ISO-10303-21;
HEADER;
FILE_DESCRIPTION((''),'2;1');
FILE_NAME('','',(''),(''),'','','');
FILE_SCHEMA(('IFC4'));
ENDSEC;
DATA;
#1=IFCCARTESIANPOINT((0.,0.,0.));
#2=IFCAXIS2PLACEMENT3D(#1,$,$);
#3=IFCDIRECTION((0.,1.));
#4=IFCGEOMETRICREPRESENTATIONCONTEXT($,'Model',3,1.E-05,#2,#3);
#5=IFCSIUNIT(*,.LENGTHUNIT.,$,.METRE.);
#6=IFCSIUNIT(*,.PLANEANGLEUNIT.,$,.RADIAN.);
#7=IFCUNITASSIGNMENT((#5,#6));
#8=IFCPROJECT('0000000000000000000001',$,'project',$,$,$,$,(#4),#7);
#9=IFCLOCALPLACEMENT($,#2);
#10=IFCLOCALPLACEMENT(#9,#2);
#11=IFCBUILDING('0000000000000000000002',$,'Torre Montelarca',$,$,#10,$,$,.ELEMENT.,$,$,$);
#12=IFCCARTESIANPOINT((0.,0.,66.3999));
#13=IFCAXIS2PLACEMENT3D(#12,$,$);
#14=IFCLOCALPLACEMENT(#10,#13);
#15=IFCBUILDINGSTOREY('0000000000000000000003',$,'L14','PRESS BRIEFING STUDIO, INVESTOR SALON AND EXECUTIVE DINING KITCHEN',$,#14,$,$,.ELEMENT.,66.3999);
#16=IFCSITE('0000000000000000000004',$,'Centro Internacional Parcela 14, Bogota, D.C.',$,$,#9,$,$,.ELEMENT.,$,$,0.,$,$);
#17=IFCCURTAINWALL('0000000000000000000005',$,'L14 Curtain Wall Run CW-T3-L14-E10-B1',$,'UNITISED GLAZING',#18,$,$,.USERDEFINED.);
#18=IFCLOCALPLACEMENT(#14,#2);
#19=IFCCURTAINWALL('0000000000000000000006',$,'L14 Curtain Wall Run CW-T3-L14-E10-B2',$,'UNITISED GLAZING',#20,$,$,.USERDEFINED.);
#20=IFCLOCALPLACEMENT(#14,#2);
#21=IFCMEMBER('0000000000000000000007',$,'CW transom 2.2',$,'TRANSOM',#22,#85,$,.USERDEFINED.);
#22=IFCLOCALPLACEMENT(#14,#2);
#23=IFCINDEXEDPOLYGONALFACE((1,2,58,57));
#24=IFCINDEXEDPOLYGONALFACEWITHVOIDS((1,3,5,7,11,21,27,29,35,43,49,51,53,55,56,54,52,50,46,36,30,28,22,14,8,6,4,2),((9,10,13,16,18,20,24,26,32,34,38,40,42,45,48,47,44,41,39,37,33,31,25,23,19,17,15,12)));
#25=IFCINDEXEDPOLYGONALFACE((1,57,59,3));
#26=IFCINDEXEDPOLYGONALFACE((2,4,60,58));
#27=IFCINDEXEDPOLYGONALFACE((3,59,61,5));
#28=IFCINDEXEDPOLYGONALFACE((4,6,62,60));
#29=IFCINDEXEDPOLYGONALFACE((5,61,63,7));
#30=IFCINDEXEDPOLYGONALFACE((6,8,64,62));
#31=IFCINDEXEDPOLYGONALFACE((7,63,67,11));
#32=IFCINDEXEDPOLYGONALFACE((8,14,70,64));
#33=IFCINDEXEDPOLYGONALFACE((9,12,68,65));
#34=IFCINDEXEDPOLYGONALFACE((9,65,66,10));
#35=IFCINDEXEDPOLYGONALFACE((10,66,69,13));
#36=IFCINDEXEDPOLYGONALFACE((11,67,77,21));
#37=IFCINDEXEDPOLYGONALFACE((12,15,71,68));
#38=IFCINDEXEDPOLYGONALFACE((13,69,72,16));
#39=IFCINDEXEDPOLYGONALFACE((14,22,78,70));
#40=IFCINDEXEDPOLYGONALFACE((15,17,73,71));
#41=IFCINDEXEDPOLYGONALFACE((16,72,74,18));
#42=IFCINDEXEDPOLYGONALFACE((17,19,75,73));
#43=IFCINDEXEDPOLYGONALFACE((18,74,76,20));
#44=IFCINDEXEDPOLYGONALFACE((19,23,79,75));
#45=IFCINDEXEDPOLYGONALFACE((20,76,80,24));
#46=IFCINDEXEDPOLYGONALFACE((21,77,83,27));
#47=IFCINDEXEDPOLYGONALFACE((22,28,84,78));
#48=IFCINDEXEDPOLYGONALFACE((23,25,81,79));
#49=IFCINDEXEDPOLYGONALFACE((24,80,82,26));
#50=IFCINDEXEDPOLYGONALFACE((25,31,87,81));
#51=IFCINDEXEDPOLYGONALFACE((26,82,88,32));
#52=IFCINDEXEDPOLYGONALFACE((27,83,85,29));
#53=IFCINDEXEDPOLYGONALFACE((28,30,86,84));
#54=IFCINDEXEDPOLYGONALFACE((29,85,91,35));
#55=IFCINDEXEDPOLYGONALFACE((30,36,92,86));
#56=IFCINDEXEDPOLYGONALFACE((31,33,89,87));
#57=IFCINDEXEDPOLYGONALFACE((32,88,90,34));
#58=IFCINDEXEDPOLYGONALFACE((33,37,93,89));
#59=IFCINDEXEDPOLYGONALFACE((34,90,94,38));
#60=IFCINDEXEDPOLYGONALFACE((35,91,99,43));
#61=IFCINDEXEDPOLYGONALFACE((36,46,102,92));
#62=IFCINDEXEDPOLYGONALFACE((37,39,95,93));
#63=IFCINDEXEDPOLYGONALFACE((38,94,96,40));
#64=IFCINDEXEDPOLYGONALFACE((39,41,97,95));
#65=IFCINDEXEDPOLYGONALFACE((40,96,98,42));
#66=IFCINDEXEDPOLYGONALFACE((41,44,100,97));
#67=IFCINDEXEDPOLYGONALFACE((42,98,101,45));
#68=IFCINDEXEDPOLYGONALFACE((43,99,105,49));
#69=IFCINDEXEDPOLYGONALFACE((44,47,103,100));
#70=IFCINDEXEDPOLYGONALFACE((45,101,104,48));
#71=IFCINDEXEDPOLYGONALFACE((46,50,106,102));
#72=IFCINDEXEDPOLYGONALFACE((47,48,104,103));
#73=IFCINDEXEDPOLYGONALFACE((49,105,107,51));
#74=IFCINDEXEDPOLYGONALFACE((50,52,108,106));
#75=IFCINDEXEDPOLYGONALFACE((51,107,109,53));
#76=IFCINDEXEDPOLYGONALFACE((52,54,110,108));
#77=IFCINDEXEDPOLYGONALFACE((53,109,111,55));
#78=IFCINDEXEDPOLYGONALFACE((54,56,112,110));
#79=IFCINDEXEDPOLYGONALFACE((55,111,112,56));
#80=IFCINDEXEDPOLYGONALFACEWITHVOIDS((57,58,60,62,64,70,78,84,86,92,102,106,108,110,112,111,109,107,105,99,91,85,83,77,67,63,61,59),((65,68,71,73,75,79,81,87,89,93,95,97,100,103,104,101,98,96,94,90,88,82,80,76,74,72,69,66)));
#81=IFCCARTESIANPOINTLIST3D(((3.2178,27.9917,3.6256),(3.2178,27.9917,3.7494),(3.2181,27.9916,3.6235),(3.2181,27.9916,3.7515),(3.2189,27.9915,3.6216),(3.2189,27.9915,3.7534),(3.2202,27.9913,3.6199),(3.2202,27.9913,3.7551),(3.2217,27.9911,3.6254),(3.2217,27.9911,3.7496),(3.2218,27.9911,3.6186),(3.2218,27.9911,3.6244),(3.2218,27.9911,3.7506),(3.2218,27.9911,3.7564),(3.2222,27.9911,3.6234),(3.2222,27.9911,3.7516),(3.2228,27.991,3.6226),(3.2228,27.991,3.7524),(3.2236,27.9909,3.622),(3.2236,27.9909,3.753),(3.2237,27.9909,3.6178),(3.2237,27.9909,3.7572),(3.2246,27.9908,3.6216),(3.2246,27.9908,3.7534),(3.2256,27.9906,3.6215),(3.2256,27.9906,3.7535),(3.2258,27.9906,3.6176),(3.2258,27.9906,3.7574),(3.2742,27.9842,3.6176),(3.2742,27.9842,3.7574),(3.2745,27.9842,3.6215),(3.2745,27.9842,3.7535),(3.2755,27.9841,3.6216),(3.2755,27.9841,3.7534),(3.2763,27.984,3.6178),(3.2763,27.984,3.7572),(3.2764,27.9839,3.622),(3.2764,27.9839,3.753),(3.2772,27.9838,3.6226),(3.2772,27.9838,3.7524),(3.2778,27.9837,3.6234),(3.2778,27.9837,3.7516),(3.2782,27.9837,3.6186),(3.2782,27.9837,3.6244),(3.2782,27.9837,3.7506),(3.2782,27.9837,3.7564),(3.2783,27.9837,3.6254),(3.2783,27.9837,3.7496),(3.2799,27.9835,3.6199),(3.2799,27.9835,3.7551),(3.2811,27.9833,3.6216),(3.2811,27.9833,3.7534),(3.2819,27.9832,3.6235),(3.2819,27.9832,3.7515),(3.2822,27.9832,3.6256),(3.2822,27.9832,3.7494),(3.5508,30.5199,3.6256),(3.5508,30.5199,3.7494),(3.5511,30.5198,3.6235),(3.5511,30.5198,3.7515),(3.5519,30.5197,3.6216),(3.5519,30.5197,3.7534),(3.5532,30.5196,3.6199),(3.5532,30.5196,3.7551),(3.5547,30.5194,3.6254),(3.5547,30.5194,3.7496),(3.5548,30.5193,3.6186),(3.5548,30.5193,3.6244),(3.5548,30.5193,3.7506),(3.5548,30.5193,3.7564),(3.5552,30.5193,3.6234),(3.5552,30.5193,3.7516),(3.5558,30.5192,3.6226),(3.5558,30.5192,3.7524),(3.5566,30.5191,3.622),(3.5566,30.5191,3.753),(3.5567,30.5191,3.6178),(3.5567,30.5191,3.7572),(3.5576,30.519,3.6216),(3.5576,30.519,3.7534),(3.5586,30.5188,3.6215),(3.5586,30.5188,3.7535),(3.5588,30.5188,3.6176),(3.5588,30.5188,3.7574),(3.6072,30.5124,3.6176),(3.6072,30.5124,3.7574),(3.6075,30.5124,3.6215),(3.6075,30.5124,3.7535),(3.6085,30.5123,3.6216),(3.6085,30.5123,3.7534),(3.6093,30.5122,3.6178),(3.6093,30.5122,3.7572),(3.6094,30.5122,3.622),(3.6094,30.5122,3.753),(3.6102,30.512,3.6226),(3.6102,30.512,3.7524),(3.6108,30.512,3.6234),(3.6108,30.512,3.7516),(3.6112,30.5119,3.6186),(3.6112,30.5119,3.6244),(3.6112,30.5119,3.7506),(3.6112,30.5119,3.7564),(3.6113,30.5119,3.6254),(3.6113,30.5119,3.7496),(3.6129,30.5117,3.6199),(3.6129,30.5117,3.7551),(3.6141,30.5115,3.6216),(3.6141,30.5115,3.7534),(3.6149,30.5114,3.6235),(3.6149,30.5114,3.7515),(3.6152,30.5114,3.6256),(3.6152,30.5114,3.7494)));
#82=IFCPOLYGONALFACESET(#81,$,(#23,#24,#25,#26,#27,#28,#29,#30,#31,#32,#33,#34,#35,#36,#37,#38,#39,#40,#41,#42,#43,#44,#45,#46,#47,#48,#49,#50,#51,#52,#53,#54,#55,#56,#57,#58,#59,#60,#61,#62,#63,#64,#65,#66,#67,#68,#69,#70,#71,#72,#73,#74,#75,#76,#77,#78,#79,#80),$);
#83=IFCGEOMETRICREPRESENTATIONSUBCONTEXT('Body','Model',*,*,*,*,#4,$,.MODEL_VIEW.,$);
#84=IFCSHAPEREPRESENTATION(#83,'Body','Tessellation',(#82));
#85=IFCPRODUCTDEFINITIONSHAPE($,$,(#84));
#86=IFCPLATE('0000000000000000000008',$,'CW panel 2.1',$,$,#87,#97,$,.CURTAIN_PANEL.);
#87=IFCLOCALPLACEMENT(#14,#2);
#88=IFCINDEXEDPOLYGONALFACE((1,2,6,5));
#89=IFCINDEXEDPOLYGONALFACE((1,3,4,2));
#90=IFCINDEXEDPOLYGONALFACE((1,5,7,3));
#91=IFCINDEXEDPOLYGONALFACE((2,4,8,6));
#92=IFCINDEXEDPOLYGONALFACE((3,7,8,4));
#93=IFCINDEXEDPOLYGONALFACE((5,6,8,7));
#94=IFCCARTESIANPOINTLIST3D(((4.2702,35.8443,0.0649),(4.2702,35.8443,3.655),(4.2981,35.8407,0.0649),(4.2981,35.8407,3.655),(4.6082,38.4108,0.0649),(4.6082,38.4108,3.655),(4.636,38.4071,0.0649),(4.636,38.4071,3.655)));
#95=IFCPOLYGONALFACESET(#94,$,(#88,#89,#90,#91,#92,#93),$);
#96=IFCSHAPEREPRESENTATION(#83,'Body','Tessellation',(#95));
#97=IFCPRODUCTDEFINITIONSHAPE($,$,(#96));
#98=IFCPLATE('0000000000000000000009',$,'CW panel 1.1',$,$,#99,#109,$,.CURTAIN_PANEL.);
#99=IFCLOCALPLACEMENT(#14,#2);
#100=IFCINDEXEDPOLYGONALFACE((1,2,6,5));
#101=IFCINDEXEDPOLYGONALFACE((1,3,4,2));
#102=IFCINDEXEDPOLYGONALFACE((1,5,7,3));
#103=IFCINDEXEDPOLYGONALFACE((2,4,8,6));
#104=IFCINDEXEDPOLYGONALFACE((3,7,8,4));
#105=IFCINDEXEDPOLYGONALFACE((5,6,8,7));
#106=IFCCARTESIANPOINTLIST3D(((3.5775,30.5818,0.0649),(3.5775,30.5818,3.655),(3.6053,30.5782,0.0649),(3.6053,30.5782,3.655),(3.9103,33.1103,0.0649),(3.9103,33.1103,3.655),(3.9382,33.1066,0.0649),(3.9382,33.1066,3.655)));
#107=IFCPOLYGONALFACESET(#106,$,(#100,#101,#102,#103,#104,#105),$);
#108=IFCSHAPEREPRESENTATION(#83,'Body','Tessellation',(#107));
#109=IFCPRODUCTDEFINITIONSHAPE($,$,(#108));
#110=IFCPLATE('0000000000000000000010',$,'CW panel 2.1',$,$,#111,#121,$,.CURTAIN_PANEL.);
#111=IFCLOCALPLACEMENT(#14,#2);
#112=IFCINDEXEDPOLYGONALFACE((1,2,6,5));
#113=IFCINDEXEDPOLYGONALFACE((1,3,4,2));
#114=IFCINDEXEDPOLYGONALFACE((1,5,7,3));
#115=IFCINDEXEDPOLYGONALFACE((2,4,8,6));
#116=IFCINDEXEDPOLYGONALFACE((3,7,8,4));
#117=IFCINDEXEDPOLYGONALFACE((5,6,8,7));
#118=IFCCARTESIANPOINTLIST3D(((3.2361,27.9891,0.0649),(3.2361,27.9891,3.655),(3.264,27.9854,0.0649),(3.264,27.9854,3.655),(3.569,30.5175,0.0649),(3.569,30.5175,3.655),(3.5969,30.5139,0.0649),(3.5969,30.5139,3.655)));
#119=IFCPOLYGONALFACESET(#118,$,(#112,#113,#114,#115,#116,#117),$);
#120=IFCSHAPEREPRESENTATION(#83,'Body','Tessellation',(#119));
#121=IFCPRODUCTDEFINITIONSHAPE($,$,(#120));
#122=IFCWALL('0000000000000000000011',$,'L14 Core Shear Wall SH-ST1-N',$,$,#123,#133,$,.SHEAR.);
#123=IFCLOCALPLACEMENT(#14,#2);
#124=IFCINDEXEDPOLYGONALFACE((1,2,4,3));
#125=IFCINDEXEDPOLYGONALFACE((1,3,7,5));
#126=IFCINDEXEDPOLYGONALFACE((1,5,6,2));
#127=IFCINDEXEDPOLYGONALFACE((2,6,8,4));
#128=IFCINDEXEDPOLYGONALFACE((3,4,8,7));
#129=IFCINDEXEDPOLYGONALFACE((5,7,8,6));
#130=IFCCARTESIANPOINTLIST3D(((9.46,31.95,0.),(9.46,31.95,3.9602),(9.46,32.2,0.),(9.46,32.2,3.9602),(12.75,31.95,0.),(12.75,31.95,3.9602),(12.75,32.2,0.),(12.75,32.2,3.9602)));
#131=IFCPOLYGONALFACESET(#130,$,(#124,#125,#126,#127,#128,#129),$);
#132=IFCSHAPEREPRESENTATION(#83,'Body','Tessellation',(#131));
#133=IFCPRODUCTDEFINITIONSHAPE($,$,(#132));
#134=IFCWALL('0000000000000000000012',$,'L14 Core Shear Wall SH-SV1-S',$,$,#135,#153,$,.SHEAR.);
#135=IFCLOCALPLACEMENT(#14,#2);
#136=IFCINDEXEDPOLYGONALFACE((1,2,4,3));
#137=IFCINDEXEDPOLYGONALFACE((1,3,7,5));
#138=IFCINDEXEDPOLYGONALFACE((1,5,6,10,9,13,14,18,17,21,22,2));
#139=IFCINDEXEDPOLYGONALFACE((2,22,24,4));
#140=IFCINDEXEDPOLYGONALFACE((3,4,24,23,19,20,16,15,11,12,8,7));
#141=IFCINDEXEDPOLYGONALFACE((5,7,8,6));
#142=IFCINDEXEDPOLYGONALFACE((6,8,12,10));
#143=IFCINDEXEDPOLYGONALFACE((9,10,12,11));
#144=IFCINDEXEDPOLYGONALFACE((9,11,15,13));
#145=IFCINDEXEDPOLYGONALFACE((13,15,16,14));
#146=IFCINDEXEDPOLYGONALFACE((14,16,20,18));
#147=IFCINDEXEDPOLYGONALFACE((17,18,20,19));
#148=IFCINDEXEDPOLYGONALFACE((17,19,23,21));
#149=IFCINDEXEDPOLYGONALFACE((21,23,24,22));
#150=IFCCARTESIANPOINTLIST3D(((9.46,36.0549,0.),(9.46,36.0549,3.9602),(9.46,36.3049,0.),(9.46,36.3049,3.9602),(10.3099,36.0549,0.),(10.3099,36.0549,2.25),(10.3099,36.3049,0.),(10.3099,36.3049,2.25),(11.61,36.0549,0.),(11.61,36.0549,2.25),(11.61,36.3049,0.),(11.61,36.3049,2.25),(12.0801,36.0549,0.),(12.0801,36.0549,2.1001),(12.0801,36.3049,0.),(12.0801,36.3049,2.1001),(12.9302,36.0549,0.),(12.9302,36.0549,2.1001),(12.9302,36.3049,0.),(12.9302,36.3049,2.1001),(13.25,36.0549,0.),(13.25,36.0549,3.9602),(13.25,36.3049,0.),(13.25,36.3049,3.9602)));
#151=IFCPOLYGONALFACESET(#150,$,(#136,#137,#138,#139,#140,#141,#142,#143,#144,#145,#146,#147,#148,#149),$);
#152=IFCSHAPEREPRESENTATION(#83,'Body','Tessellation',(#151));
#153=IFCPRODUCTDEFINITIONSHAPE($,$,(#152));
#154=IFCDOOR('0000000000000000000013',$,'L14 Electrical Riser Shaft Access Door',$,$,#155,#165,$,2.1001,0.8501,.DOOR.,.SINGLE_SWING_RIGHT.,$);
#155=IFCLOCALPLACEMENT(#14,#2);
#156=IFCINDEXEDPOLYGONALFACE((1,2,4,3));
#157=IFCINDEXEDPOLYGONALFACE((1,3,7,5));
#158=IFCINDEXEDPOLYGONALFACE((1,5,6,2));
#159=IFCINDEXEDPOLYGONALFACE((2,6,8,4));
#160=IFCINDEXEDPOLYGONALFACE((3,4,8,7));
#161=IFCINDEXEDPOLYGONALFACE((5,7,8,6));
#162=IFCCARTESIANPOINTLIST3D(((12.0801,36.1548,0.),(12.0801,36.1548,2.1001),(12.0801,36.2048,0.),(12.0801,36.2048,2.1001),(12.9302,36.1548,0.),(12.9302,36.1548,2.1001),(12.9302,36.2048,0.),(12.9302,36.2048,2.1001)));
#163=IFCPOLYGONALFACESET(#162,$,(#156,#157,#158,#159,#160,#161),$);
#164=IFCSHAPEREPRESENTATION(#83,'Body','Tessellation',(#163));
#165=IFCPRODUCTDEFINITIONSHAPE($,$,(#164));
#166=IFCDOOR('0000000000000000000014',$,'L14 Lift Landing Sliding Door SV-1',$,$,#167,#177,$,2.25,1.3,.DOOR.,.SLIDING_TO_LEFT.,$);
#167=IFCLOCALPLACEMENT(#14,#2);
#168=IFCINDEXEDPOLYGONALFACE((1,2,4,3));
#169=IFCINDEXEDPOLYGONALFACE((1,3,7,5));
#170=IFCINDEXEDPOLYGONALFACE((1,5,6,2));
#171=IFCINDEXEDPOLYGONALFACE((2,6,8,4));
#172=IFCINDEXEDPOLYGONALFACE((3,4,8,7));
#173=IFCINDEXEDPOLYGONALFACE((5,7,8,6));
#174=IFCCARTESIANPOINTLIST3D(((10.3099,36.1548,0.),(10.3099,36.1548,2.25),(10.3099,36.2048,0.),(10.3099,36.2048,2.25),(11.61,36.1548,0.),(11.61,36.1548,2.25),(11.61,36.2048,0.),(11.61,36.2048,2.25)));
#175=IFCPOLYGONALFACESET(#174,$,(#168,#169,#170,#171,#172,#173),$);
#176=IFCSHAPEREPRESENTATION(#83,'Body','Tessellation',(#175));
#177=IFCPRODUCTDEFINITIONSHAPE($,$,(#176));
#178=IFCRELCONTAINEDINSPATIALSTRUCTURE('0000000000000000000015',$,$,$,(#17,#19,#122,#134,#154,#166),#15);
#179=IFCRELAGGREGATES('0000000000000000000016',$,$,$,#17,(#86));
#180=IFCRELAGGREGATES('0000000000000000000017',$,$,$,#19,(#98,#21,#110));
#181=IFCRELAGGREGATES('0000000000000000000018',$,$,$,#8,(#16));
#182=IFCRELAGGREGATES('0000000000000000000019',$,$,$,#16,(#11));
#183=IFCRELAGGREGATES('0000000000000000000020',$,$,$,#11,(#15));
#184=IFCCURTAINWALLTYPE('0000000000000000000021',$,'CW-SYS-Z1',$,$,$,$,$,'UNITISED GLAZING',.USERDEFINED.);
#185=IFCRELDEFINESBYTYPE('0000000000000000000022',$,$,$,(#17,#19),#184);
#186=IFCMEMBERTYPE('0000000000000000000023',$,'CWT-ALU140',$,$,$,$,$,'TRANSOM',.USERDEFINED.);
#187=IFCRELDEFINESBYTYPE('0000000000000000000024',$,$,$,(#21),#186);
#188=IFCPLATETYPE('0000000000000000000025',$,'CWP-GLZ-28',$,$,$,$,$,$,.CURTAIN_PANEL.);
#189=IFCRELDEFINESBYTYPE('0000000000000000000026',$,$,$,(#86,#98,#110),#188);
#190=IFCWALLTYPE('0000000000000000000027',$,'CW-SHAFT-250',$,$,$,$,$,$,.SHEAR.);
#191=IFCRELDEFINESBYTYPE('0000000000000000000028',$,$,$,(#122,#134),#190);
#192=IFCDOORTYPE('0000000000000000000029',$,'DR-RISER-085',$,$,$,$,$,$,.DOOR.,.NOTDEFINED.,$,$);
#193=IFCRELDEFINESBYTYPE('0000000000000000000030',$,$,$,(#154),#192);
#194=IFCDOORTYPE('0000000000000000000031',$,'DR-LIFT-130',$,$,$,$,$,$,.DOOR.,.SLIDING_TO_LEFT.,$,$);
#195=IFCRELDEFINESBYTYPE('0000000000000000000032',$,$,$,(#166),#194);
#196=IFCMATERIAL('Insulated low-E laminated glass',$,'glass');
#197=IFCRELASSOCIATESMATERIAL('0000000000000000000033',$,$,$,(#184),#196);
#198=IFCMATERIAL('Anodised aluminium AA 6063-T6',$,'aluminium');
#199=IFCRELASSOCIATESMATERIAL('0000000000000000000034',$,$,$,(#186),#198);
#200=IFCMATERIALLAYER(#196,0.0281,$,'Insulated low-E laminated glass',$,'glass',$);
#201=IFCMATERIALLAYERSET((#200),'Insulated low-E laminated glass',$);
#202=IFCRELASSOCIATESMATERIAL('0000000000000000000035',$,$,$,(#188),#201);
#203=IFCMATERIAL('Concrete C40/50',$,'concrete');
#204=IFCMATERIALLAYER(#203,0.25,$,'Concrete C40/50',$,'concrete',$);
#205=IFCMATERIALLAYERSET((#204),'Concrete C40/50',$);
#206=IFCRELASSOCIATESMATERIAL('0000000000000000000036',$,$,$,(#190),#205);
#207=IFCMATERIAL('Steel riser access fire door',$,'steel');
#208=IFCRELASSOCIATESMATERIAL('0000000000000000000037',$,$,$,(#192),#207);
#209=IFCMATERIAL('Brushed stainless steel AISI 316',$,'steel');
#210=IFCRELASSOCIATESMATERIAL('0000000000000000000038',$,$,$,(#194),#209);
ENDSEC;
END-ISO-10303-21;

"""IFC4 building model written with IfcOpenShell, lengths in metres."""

from ifc_helpers import new_model, si_unit, direction, frame, frame_2d, origin, origin_2d, place, context, subcontext, project, spatial, rectangle, hollow_rectangle, extrude, source, transform, mapped, material, layer, layer_set, material_profile, profile_set, type_object, element, fill, aggregate, save


model = new_model("IFC4")

# Units and contexts
model_context = context("Model", 3, precision=1e-05, world=origin(), true_north=direction((0.0, 1.0)))
body_context = subcontext(model_context, "Body", "Model", "MODEL_VIEW")
ifc_project = project(units=[si_unit("LENGTHUNIT", "METRE"), si_unit("PLANEANGLEUNIT", "RADIAN")], contexts=[model_context])

# Site, building, storey
site_placement = place(None, origin())
site = spatial("IfcSite", under=ifc_project, at=site_placement, Name="Centro Internacional Parcela 14, Bogota, D.C.", CompositionType="ELEMENT", RefElevation=0.0)
building_placement = place(site_placement, origin())
building = spatial("IfcBuilding", under=site, at=building_placement, Name="Torre Montelarca", CompositionType="ELEMENT")
storey_placement = place(building_placement, frame((0.0, 0.0, 66.3999)))
storey = spatial("IfcBuildingStorey", under=building, at=storey_placement, Name="L14", Description="PRESS BRIEFING STUDIO, INVESTOR SALON AND EXECUTIVE DINING KITCHEN", CompositionType="ELEMENT", Elevation=66.3999)

# Curtain wall
ifc_material_1 = material(Name="Insulated low-E laminated glass", Category="glass")
curtain_wall_type = type_object("IfcCurtainWallType", Name="CW-SYS-Z1", ElementType="UNITISED GLAZING", PredefinedType="USERDEFINED", material=ifc_material_1)
curtain_wall_1_placement = place(storey_placement, origin())
curtain_wall_1 = element("IfcCurtainWall", 1, at=curtain_wall_1_placement, inside=storey, type_object=curtain_wall_type, Name="L14 Curtain Wall Run CW-T3-L14-E10-B1", ObjectType="UNITISED GLAZING", PredefinedType="USERDEFINED")
ifc_material_2 = material(Name="Anodised aluminium AA 6063-T6", Category="aluminium")
ifc_material_profile_1 = material_profile(ifc_material_2, hollow_rectangle(XDim=0.0649, YDim=0.1399, WallThickness=0.0039, InnerFilletRadius=0.0039, OuterFilletRadius=0.0081, at=origin_2d()), Name="ALU65X140X4", Category="aluminium")
ifc_profile_set_1 = profile_set([ifc_material_profile_1], Name="Anodised aluminium AA 6063-T6")
member_type_1 = type_object("IfcMemberType", Name="CWT-ALU140", ElementType="TRANSOM", PredefinedType="USERDEFINED", material=ifc_profile_set_1)

# Curtain wall
curtain_wall_2_placement = place(storey_placement, origin())
curtain_wall_2 = element("IfcCurtainWall", 2, at=curtain_wall_2_placement, inside=storey, type_object=curtain_wall_type, Name="L14 Curtain Wall Run CW-T3-L14-E10-B2", ObjectType="UNITISED GLAZING", PredefinedType="USERDEFINED")

# Member
shared_shape_1 = source(origin(), body_context, "Body", "SweptSolid", [
    extrude(hollow_rectangle(XDim=0.0649, YDim=0.1399, WallThickness=0.0039, InnerFilletRadius=0.0039, OuterFilletRadius=0.0081, at=origin_2d()), origin(), (0.0, 0.0, 1.0), 2.55),
])
member_1_placement = place(storey_placement, frame((3.583, 30.5156, 3.6875), z_axis=(-0.130583, -0.991437, 0.0), x_axis=(0.991437, -0.130583, 0.0)))
member_1 = element("IfcMember", 3, at=member_1_placement, type_object=member_type_1, Name="CW transom 2.2", ObjectType="TRANSOM", PredefinedType="USERDEFINED", context=body_context, shape_type="MappedRepresentation", body=[
    mapped(shared_shape_1, transform((0.0, 0.0, 0.0), scale=1.0)),
])

# Plates
ifc_layer_1 = layer(ifc_material_1, 0.0281, Name="Insulated low-E laminated glass", Category="glass")
ifc_layer_set_1 = layer_set([ifc_layer_1], Name="Insulated low-E laminated glass")
plate_type = type_object("IfcPlateType", Name="CWP-GLZ-28", PredefinedType="CURTAIN_PANEL", material=ifc_layer_set_1)
shared_shape_2 = source(origin(), body_context, "Body", "SweptSolid", [
    extrude(rectangle(XDim=2.5886, YDim=0.0281, at=origin_2d()), origin(), (0.0, 0.0, 1.0), 3.5901),
])
plate_1_placement = place(storey_placement, frame((4.4531, 37.1257, 0.0649), z_axis=(0.0, 0.0, 1.0), x_axis=(-0.130538, -0.991443, 0.0)))
plate_1 = element("IfcPlate", 4, at=plate_1_placement, type_object=plate_type, Name="CW panel 2.1", PredefinedType="CURTAIN_PANEL", context=body_context, shape_type="MappedRepresentation", body=[
    mapped(shared_shape_2, transform((0.0, 0.0, 0.0), scale=1.0)),
])
aggregate(curtain_wall_1, [plate_1])
shared_shape_3 = source(origin(), body_context, "Body", "SweptSolid", [
    extrude(rectangle(XDim=2.5503, YDim=0.0281, at=origin_2d()), origin(), (0.0, 0.0, 1.0), 3.5901),
])
plate_2_placement = place(storey_placement, frame((3.7578, 31.8442, 0.0649), z_axis=(0.0, 0.0, 1.0), x_axis=(-0.130526, -0.991445, 0.0)))
plate_2 = element("IfcPlate", 5, at=plate_2_placement, type_object=plate_type, Name="CW panel 1.1", PredefinedType="CURTAIN_PANEL", context=body_context, shape_type="MappedRepresentation", body=[
    mapped(shared_shape_3, transform((0.0, 0.0, 0.0), scale=1.0)),
])
plate_3_placement = place(storey_placement, frame((3.4165, 29.2515, 0.0649), z_axis=(0.0, 0.0, 1.0), x_axis=(-0.130526, -0.991445, 0.0)))
plate_3 = element("IfcPlate", 6, at=plate_3_placement, type_object=plate_type, Name="CW panel 2.1", PredefinedType="CURTAIN_PANEL", context=body_context, shape_type="MappedRepresentation", body=[
    mapped(shared_shape_3, transform((0.0, 0.0, 0.0), scale=1.0)),
])
aggregate(curtain_wall_2, [plate_2, member_1, plate_3])

# Wall
ifc_material_3 = material(Name="Concrete C40/50", Category="concrete")
ifc_layer_2 = layer(ifc_material_3, 0.25, Name="Concrete C40/50", Category="concrete")
ifc_layer_set_2 = layer_set([ifc_layer_2], Name="Concrete C40/50")
wall_type_1 = type_object("IfcWallType", Name="CW-SHAFT-250", PredefinedType="SHEAR", material=ifc_layer_set_2)
wall_1_placement = place(storey_placement, frame((9.46, 32.075, 0.0), z_axis=(0.0, 0.0, 1.0), x_axis=(1.0, 0.0, 0.0)))
element("IfcWall", 7, at=wall_1_placement, inside=storey, type_object=wall_type_1, Name="L14 Core Shear Wall SH-ST1-N", PredefinedType="SHEAR", context=body_context, shape_type="SweptSolid", body=[
    extrude(rectangle(XDim=3.29, YDim=0.25, at=frame_2d((1.645, 0.0))), origin(), (0.0, 0.0, 1.0), 3.9602),
])

# Wall, openings, doors
wall_2_placement = place(storey_placement, frame((9.46, 36.1799, 0.0), z_axis=(0.0, 0.0, 1.0), x_axis=(1.0, 0.0, 0.0)))
wall_2 = element("IfcWall", 8, at=wall_2_placement, inside=storey, type_object=wall_type_1, Name="L14 Core Shear Wall SH-SV1-S", PredefinedType="SHEAR", context=body_context, shape_type="SweptSolid", body=[
    extrude(rectangle(XDim=3.79, YDim=0.25, at=frame_2d((1.895, 0.0))), origin(), (0.0, 0.0, 1.0), 3.9602),
])
opening_1_placement = place(wall_2_placement, frame((2.6201, 0.0, 0.0)))
opening_1 = element("IfcOpeningElement", 9, at=opening_1_placement, cuts=wall_2, PredefinedType="OPENING", context=body_context, shape_type="SweptSolid", body=[
    extrude(rectangle(XDim=0.8501, YDim=2.1001, at=frame_2d((0.425, 1.05))), frame((0.0, 0.135, 0.0), z_axis=(0.0, -1.0, 0.0), x_axis=(1.0, 0.0, 0.0)), (0.0, 0.0, 1.0), 0.27),
])
opening_2_placement = place(wall_2_placement, frame((0.8501, 0.0, 0.0)))
opening_2 = element("IfcOpeningElement", 10, at=opening_2_placement, cuts=wall_2, PredefinedType="OPENING", context=body_context, shape_type="SweptSolid", body=[
    extrude(rectangle(XDim=1.3, YDim=2.25, at=frame_2d((0.6499, 1.125))), frame((0.0, 0.135, 0.0), z_axis=(0.0, -1.0, 0.0), x_axis=(1.0, 0.0, 0.0)), (0.0, 0.0, 1.0), 0.27),
])
ifc_material_4 = material(Name="Steel riser access fire door", Category="steel")
door_type_1 = type_object("IfcDoorType", Name="DR-RISER-085", OperationType="NOTDEFINED", PredefinedType="DOOR", material=ifc_material_4)
shared_shape_4 = source(origin(), body_context, "Body", "SweptSolid", [
    extrude(rectangle(XDim=0.8501, YDim=2.1001, at=frame_2d((0.425, 1.05))), frame((0.0, 0.0249, 0.0), z_axis=(0.0, -1.0, 0.0), x_axis=(1.0, 0.0, 0.0)), (0.0, 0.0, 1.0), 0.05),
])
door_1_placement = place(opening_1_placement, origin())
door_1 = element("IfcDoor", 11, at=door_1_placement, inside=storey, type_object=door_type_1, Name="L14 Electrical Riser Shaft Access Door", OperationType="SINGLE_SWING_RIGHT", OverallHeight=2.1001, OverallWidth=0.8501, PredefinedType="DOOR", context=body_context, shape_type="MappedRepresentation", body=[
    mapped(shared_shape_4, transform((0.0, 0.0, 0.0), scale=1.0)),
])
fill(opening_1, door_1)
ifc_material_5 = material(Name="Brushed stainless steel AISI 316", Category="steel")
door_type_2 = type_object("IfcDoorType", Name="DR-LIFT-130", OperationType="SLIDING_TO_LEFT", PredefinedType="DOOR", material=ifc_material_5)
shared_shape_5 = source(origin(), body_context, "Body", "SweptSolid", [
    extrude(rectangle(XDim=1.3, YDim=2.25, at=frame_2d((0.6499, 1.125))), frame((0.0, 0.0249, 0.0), z_axis=(0.0, -1.0, 0.0), x_axis=(1.0, 0.0, 0.0)), (0.0, 0.0, 1.0), 0.05),
])
door_2_placement = place(opening_2_placement, origin())
door_2 = element("IfcDoor", 12, at=door_2_placement, inside=storey, type_object=door_type_2, Name="L14 Lift Landing Sliding Door SV-1", OperationType="SLIDING_TO_LEFT", OverallHeight=2.25, OverallWidth=1.3, PredefinedType="DOOR", context=body_context, shape_type="MappedRepresentation", body=[
    mapped(shared_shape_5, transform((0.0, 0.0, 0.0), scale=1.0)),
])
fill(opening_2, door_2)

save(model, "model.ifc")
